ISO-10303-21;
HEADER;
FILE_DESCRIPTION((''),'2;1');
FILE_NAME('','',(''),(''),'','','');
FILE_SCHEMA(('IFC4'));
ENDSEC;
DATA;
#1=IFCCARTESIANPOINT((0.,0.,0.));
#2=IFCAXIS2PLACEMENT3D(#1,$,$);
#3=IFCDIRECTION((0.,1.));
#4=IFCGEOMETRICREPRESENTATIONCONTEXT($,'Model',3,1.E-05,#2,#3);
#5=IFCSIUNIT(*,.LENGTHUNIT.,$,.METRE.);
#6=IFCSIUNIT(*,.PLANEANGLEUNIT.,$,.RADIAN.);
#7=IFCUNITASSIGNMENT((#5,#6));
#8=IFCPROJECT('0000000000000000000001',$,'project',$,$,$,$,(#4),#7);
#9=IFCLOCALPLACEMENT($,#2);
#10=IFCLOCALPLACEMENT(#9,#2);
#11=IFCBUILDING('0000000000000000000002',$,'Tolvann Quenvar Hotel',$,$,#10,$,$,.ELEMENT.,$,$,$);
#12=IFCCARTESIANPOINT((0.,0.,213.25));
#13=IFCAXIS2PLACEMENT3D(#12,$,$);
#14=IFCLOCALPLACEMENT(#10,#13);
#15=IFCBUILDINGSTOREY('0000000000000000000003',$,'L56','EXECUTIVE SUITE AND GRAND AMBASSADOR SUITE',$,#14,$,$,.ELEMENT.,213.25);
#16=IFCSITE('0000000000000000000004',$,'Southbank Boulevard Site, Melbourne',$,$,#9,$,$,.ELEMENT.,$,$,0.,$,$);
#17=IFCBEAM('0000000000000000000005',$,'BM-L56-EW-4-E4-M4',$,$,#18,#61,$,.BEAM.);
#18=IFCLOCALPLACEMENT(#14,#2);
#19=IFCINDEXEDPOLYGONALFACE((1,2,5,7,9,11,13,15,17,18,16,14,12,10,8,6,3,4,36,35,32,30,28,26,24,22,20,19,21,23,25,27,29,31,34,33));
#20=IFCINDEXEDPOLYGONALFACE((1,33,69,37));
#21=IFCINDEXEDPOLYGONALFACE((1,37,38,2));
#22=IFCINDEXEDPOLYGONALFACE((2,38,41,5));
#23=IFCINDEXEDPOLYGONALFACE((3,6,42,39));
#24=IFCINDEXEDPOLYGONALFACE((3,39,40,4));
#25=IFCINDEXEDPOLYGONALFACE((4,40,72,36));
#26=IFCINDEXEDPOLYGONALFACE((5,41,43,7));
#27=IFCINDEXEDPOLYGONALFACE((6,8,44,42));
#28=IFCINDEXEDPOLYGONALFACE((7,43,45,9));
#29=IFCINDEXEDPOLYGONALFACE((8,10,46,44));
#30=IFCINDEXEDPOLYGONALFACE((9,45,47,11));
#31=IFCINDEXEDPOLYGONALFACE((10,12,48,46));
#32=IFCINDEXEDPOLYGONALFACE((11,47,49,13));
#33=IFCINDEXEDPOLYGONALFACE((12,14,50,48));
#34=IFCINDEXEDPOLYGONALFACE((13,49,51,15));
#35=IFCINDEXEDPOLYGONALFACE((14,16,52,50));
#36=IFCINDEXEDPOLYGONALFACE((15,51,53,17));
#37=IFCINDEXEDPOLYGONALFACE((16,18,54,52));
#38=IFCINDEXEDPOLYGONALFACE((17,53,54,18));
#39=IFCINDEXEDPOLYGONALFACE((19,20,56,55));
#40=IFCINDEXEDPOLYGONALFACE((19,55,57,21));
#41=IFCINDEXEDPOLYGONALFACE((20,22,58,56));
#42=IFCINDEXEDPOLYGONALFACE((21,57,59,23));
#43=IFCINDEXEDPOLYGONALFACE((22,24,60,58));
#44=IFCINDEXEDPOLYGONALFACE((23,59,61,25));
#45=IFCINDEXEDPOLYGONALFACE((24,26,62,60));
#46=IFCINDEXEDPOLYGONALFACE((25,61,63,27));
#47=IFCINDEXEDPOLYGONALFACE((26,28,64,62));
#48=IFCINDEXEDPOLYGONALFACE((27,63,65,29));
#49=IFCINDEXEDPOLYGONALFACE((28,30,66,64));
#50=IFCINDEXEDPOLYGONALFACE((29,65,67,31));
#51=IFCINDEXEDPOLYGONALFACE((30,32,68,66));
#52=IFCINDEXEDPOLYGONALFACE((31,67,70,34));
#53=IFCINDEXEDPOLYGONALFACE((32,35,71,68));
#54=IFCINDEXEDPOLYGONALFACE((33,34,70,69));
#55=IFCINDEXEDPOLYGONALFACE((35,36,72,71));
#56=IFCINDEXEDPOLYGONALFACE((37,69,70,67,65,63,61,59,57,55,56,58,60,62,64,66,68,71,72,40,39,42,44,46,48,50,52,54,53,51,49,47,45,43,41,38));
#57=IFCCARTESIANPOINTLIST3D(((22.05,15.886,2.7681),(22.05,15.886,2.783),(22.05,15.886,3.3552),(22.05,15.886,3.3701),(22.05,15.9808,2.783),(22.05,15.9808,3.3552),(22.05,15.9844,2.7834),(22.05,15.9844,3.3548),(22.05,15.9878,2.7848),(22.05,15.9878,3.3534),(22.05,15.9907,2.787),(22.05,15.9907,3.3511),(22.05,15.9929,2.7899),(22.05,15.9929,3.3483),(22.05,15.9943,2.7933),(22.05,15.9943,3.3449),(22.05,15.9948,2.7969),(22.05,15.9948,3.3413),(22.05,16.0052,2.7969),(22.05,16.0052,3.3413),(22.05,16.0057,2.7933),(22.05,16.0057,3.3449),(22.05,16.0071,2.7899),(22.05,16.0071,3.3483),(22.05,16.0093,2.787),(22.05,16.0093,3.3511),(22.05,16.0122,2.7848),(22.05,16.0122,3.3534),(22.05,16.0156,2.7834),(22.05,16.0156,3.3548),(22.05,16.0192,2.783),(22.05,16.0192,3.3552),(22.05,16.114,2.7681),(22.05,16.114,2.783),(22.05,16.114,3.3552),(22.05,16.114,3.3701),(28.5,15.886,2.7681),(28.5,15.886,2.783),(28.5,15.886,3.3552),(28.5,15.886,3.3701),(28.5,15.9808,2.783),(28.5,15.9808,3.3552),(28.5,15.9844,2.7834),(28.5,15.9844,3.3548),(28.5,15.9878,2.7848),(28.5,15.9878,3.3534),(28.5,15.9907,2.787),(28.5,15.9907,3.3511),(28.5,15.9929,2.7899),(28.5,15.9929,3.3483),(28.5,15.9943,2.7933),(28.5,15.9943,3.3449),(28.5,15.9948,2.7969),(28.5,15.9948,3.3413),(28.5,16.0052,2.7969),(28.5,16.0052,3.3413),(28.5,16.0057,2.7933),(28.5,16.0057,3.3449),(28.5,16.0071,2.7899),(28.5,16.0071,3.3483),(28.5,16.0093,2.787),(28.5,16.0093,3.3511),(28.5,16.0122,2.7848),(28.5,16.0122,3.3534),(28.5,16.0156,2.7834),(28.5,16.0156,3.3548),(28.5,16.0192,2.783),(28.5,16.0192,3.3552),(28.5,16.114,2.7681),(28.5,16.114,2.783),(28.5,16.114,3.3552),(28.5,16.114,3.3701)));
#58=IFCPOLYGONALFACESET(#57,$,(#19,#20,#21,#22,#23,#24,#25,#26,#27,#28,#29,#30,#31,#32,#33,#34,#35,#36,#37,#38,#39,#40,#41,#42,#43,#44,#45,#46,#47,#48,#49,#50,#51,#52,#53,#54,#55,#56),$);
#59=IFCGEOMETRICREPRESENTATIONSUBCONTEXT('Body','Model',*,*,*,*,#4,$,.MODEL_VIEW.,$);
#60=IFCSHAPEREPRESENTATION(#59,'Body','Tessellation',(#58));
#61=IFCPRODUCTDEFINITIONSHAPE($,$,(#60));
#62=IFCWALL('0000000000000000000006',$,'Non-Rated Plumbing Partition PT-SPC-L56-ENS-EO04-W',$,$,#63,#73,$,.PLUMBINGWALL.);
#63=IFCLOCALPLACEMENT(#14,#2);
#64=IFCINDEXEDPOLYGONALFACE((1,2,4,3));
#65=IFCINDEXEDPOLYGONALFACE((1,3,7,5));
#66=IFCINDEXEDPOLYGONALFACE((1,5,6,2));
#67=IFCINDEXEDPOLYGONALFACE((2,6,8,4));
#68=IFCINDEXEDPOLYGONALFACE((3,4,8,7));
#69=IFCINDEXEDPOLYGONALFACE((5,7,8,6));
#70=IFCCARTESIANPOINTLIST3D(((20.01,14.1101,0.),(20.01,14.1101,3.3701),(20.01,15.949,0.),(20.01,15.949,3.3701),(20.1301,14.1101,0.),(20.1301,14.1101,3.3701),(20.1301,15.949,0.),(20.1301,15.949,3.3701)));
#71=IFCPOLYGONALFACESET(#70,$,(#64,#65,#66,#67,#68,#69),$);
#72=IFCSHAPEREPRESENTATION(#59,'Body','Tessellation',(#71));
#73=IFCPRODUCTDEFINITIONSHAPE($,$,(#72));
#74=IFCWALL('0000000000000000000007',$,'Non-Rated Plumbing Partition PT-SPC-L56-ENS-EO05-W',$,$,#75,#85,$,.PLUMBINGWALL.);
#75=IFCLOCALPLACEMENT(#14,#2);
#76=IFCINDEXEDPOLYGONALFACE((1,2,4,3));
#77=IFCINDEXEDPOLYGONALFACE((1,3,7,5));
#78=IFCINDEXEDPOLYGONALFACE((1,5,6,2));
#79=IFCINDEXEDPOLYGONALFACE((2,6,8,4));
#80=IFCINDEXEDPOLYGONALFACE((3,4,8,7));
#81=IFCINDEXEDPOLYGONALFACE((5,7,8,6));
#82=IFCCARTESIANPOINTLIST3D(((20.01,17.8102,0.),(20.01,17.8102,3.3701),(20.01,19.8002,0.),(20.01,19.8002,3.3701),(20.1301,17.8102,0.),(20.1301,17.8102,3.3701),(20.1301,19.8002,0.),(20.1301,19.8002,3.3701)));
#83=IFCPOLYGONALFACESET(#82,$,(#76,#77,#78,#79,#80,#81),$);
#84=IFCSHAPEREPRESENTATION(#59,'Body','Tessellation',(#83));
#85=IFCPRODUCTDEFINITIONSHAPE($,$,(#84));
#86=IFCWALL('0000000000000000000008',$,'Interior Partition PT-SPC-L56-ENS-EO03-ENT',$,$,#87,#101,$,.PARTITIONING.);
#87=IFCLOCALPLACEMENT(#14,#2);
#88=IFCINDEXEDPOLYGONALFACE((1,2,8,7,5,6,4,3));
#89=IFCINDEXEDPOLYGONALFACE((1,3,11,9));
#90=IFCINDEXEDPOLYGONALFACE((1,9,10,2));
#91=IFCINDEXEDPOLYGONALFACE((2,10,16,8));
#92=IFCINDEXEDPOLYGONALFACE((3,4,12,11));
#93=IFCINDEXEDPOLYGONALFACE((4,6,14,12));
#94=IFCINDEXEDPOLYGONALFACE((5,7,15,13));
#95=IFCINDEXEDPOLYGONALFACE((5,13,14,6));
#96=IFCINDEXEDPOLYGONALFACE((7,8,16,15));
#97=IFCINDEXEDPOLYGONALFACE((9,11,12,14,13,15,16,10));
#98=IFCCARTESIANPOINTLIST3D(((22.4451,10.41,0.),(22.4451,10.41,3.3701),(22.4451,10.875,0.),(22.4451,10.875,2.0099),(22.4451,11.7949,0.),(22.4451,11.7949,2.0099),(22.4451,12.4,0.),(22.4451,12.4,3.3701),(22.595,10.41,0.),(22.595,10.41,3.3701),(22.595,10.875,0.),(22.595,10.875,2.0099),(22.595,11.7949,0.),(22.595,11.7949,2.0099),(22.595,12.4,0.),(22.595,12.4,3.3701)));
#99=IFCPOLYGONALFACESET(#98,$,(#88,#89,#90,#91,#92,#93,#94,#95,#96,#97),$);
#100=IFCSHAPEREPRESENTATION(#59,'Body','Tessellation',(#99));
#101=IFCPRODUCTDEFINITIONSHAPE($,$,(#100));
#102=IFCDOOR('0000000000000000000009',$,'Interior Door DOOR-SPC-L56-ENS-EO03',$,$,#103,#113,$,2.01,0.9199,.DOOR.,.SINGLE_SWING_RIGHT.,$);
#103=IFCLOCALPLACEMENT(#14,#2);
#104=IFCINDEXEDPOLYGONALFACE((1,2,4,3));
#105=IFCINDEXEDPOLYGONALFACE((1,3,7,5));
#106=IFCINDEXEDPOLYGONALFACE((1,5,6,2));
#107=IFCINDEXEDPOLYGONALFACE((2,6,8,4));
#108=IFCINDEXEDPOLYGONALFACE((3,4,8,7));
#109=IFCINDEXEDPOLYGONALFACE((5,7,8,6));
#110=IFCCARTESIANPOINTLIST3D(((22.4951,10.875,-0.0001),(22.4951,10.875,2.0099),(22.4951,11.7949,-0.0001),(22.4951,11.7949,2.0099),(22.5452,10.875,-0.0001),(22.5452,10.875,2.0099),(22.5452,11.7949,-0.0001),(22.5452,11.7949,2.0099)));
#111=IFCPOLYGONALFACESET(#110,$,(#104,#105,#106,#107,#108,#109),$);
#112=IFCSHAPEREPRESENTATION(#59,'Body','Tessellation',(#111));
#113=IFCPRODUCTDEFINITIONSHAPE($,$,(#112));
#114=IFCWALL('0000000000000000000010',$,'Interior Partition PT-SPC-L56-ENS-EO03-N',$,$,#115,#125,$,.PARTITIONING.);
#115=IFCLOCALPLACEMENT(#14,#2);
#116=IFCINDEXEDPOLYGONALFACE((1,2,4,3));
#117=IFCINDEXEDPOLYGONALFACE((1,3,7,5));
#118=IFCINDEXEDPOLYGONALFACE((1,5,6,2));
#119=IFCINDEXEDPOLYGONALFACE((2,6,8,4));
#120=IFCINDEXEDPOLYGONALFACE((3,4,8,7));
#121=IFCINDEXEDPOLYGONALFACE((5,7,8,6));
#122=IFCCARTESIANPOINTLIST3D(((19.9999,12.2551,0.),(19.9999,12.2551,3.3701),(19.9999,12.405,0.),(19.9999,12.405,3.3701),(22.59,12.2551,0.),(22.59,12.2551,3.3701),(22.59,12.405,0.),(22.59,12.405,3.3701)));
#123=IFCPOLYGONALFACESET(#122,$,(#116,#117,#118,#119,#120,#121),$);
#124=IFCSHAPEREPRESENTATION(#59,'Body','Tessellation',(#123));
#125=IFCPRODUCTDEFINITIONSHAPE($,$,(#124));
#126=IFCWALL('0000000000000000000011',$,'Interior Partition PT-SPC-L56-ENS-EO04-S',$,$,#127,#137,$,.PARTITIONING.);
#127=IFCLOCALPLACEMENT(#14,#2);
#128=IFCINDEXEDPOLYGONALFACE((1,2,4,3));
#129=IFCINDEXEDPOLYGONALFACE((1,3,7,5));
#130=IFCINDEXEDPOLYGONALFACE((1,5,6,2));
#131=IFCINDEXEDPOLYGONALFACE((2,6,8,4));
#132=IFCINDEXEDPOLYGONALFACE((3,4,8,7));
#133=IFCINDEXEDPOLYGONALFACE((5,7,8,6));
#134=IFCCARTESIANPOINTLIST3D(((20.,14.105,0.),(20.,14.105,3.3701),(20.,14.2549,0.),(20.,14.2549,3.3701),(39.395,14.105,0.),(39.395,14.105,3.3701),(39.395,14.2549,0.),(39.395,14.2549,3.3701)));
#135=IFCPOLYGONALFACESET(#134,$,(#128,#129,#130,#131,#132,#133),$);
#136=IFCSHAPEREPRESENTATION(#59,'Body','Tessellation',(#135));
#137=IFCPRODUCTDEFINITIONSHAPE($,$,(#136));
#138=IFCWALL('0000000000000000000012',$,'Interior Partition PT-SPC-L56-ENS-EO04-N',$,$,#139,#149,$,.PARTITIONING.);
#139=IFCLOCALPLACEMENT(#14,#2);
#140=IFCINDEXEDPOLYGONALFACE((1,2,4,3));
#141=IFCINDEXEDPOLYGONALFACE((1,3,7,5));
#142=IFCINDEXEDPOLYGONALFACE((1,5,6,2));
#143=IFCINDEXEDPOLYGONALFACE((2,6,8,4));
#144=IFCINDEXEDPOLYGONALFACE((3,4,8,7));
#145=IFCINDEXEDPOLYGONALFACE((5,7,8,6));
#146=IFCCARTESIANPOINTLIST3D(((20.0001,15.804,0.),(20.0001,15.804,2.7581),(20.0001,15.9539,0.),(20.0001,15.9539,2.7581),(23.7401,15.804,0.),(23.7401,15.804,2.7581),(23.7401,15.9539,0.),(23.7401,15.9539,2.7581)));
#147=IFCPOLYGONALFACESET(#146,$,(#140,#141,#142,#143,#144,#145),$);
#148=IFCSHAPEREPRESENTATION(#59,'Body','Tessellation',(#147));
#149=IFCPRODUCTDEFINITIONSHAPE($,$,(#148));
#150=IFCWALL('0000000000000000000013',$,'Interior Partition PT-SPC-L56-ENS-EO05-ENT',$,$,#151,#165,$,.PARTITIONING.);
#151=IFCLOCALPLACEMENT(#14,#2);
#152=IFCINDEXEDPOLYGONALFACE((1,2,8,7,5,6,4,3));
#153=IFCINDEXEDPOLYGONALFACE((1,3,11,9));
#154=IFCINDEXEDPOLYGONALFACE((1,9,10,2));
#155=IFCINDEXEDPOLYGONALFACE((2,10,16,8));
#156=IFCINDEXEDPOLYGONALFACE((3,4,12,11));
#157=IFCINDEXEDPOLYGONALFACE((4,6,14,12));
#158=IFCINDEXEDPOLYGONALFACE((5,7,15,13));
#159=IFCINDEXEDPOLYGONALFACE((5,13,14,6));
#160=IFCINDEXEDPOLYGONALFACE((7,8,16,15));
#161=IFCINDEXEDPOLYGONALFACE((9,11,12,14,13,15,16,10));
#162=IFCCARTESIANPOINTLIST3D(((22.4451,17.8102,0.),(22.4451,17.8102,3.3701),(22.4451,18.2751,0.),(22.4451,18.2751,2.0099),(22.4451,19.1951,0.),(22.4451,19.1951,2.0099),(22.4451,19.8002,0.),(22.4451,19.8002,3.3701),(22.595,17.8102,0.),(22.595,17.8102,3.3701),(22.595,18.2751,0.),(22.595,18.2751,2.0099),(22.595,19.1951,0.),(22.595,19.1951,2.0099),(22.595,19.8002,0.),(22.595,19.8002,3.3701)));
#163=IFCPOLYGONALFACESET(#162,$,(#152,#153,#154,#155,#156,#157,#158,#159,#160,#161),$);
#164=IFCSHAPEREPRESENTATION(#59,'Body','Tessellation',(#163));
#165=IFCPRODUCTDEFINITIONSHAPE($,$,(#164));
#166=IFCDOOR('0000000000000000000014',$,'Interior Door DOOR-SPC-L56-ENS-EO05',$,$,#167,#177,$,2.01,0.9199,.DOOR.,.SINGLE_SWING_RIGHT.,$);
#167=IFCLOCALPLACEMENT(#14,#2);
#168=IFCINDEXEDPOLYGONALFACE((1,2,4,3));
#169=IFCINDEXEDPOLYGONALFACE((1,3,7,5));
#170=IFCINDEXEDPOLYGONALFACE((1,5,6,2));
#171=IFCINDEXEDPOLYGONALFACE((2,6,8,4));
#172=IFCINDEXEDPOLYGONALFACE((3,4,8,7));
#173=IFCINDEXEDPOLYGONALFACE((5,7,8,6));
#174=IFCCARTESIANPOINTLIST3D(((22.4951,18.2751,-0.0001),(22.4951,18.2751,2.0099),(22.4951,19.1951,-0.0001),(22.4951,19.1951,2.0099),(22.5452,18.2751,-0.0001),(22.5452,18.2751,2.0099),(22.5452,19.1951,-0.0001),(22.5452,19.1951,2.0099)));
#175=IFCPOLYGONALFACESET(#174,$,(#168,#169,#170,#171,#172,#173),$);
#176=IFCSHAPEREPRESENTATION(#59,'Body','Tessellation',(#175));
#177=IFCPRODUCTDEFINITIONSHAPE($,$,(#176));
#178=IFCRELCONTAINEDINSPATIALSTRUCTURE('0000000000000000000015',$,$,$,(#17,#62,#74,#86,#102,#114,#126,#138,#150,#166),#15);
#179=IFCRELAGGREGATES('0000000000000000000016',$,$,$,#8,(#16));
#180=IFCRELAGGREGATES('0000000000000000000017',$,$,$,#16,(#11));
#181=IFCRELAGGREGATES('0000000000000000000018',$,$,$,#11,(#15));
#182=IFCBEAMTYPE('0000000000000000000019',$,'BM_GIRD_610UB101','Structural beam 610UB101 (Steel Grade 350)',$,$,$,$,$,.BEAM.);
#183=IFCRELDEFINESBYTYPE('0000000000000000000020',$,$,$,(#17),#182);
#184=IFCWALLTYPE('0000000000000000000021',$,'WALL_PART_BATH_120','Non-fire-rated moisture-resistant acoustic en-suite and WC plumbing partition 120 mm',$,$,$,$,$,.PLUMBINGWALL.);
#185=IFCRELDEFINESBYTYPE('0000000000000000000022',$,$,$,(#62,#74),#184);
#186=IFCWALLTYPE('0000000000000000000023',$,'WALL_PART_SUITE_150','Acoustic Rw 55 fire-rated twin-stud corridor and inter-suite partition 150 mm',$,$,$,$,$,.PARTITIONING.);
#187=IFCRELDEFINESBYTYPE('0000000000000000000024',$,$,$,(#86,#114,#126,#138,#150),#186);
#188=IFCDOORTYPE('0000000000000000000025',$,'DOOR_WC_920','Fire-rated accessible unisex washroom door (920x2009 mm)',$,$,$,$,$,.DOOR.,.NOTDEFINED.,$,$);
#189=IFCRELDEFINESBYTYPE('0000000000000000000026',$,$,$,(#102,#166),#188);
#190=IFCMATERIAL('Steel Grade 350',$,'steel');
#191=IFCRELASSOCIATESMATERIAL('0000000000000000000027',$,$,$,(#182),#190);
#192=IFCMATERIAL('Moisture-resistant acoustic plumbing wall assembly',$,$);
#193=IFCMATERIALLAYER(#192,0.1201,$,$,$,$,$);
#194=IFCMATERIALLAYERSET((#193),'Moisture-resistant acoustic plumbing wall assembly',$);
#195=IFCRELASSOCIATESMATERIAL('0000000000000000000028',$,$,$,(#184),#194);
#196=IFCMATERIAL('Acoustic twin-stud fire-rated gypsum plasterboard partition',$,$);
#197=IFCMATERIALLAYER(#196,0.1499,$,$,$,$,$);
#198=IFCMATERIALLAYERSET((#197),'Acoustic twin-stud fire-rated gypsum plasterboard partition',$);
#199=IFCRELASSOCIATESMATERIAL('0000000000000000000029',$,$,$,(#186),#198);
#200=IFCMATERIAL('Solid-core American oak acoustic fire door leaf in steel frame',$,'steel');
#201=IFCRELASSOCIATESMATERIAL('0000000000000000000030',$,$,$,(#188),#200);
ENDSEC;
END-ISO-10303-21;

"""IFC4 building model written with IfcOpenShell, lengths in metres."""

from ifc_helpers import new_model, si_unit, direction, frame, frame_2d, origin, origin_2d, place, context, subcontext, project, spatial, rectangle, i_section, extrude, source, transform, mapped, material, layer, layer_set, material_profile, profile_set, type_object, type_shapes, element, fill, save


model = new_model("IFC4")

# Units and contexts
model_context = context("Model", 3, precision=1e-05, world=origin(), true_north=direction((0.0, 1.0)))
body_context = subcontext(model_context, "Body", "Model", "MODEL_VIEW")
ifc_project = project(units=[si_unit("LENGTHUNIT", "METRE"), si_unit("PLANEANGLEUNIT", "RADIAN")], contexts=[model_context])

# Site, building, storey
site_placement = place(None, origin())
site = spatial("IfcSite", under=ifc_project, at=site_placement, Name="Southbank Boulevard Site, Melbourne", CompositionType="ELEMENT", RefElevation=0.0)
building_placement = place(site_placement, origin())
building = spatial("IfcBuilding", under=site, at=building_placement, Name="Tolvann Quenvar Hotel", CompositionType="ELEMENT")
storey_placement = place(building_placement, frame((0.0, 0.0, 213.25)))
storey = spatial("IfcBuildingStorey", under=building, at=storey_placement, Name="L56", Description="EXECUTIVE SUITE AND GRAND AMBASSADOR SUITE", CompositionType="ELEMENT", Elevation=213.25)

# Shared definitions
ifc_material_1 = material(Name="Steel Grade 350", Category="steel")

# Beam
ifc_material_profile_1 = material_profile(ifc_material_1, i_section(OverallWidth=0.228, OverallDepth=0.6021, WebThickness=0.0105, FlangeThickness=0.0149, FilletRadius=0.0139, at=origin_2d()), Name="610UB101")
ifc_profile_set_1 = profile_set([ifc_material_profile_1], Name="Steel Grade 350")
beam_type_1 = type_object("IfcBeamType", Name="BM_GIRD_610UB101", Description="Structural beam 610UB101 (Steel Grade 350)", PredefinedType="BEAM", material=ifc_profile_set_1)
shared_shape_1 = source(origin(), body_context, "Body", "SweptSolid", [
    extrude(i_section(OverallWidth=0.228, OverallDepth=0.6021, WebThickness=0.0105, FlangeThickness=0.0149, FilletRadius=0.0139, at=origin_2d()), origin(), (0.0, 0.0, 1.0), 6.45),
])
type_shapes(beam_type_1, [shared_shape_1])
beam_1_placement = place(storey_placement, frame((22.05, 16.0, 3.0691), z_axis=(1.0, 0.0, 0.0), x_axis=(0.0, 1.0, 0.0)))
element("IfcBeam", 1, at=beam_1_placement, inside=storey, type_object=beam_type_1, Name="BM-L56-EW-4-E4-M4", PredefinedType="BEAM", context=body_context, shape_type="MappedRepresentation", body=[
    mapped(shared_shape_1, transform((0.0, 0.0, 0.0), x_axis=(1.0, 0.0, 0.0), y_axis=(0.0, 1.0, 0.0), z_axis=(0.0, 0.0, 1.0), scale=1.0)),
])

# Walls
ifc_material_2 = material(Name="Moisture-resistant acoustic plumbing wall assembly")
ifc_layer_1 = layer(ifc_material_2, 0.1201)
ifc_layer_set_1 = layer_set([ifc_layer_1], Name="Moisture-resistant acoustic plumbing wall assembly")
wall_type_1 = type_object("IfcWallType", Name="WALL_PART_BATH_120", Description="Non-fire-rated moisture-resistant acoustic en-suite and WC plumbing partition 120 mm", PredefinedType="PLUMBINGWALL", material=ifc_layer_set_1)
wall_1_placement = place(storey_placement, frame((20.0701, 14.1101, 0.0), z_axis=(0.0, 0.0, 1.0), x_axis=(0.0, 1.0, 0.0)))
element("IfcWall", 2, at=wall_1_placement, inside=storey, type_object=wall_type_1, Name="Non-Rated Plumbing Partition PT-SPC-L56-ENS-EO04-W", PredefinedType="PLUMBINGWALL", context=body_context, shape_type="SweptSolid", body=[
    extrude(rectangle(XDim=1.8389, YDim=0.1201, at=frame_2d((0.9194, 0.0))), origin(), (0.0, 0.0, 1.0), 3.3701),
])
wall_2_placement = place(storey_placement, frame((20.0701, 17.8101, 0.0), z_axis=(0.0, 0.0, 1.0), x_axis=(0.0, 1.0, 0.0)))
element("IfcWall", 3, at=wall_2_placement, inside=storey, type_object=wall_type_1, Name="Non-Rated Plumbing Partition PT-SPC-L56-ENS-EO05-W", PredefinedType="PLUMBINGWALL", context=body_context, shape_type="SweptSolid", body=[
    extrude(rectangle(XDim=1.99, YDim=0.1201, at=frame_2d((0.9951, 0.0))), origin(), (0.0, 0.0, 1.0), 3.3701),
])

# Wall, opening, door
ifc_material_3 = material(Name="Acoustic twin-stud fire-rated gypsum plasterboard partition")
ifc_layer_2 = layer(ifc_material_3, 0.1499)
ifc_layer_set_2 = layer_set([ifc_layer_2], Name="Acoustic twin-stud fire-rated gypsum plasterboard partition")
wall_type_2 = type_object("IfcWallType", Name="WALL_PART_SUITE_150", Description="Acoustic Rw 55 fire-rated twin-stud corridor and inter-suite partition 150 mm", PredefinedType="PARTITIONING", material=ifc_layer_set_2)
wall_3_placement = place(storey_placement, frame((22.52, 10.4099, 0.0), z_axis=(0.0, 0.0, 1.0), x_axis=(0.0, 1.0, 0.0)))
wall_3 = element("IfcWall", 4, at=wall_3_placement, inside=storey, type_object=wall_type_2, Name="Interior Partition PT-SPC-L56-ENS-EO03-ENT", PredefinedType="PARTITIONING", context=body_context, shape_type="SweptSolid", body=[
    extrude(rectangle(XDim=1.99, YDim=0.1499, at=frame_2d((0.9951, 0.0))), origin(), (0.0, 0.0, 1.0), 3.3701),
])
opening_1_placement = place(wall_3_placement, frame((0.4651, 0.0, 0.0)))
opening_1 = element("IfcOpeningElement", 5, at=opening_1_placement, cuts=wall_3, PredefinedType="OPENING", context=body_context, shape_type="SweptSolid", body=[
    extrude(rectangle(XDim=0.9199, YDim=2.01, at=frame_2d((0.46, 1.0049))), frame((0.0, 0.085, 0.0), z_axis=(0.0, -1.0, 0.0), x_axis=(1.0, 0.0, 0.0)), (0.0, 0.0, 1.0), 0.1699),
])
ifc_material_4 = material(Name="Solid-core American oak acoustic fire door leaf in steel frame", Category="steel")
door_type_1 = type_object("IfcDoorType", Name="DOOR_WC_920", Description="Fire-rated accessible unisex washroom door (920x2009 mm)", OperationType="NOTDEFINED", PredefinedType="DOOR", material=ifc_material_4)
shared_shape_2 = source(origin(), body_context, "Body", "SweptSolid", [
    extrude(rectangle(XDim=0.9199, YDim=2.01, at=frame_2d((0.46, 1.0049))), frame((0.0, 0.0249, 0.0), z_axis=(0.0, -1.0, 0.0), x_axis=(1.0, 0.0, 0.0)), (0.0, 0.0, 1.0), 0.05),
])
type_shapes(door_type_1, [shared_shape_2])
door_1_placement = place(opening_1_placement, origin())
door_1 = element("IfcDoor", 6, at=door_1_placement, inside=storey, type_object=door_type_1, Name="Interior Door DOOR-SPC-L56-ENS-EO03", OperationType="SINGLE_SWING_RIGHT", OverallHeight=2.01, OverallWidth=0.9199, PredefinedType="DOOR", context=body_context, shape_type="MappedRepresentation", body=[
    mapped(shared_shape_2, transform((0.0, 0.0, 0.0), x_axis=(1.0, 0.0, 0.0), y_axis=(0.0, 1.0, 0.0), z_axis=(0.0, 0.0, 1.0), scale=1.0)),
])
fill(opening_1, door_1)

# Walls
wall_4_placement = place(storey_placement, frame((20.0, 12.3301, 0.0), z_axis=(0.0, 0.0, 1.0), x_axis=(1.0, 0.0, 0.0)))
element("IfcWall", 7, at=wall_4_placement, inside=storey, type_object=wall_type_2, Name="Interior Partition PT-SPC-L56-ENS-EO03-N", PredefinedType="PARTITIONING", context=body_context, shape_type="SweptSolid", body=[
    extrude(rectangle(XDim=2.5901, YDim=0.1499, at=frame_2d((1.2949, 0.0))), origin(), (0.0, 0.0, 1.0), 3.3701),
])
wall_5_placement = place(storey_placement, frame((20.0, 14.1799, 0.0), z_axis=(0.0, 0.0, 1.0), x_axis=(1.0, 0.0, 0.0)))
element("IfcWall", 8, at=wall_5_placement, inside=storey, type_object=wall_type_2, Name="Interior Partition PT-SPC-L56-ENS-EO04-S", PredefinedType="PARTITIONING", context=body_context, shape_type="SweptSolid", body=[
    extrude(rectangle(XDim=19.395, YDim=0.1499, at=frame_2d((9.6975, 0.0))), origin(), (0.0, 0.0, 1.0), 3.3701),
])
wall_6_placement = place(storey_placement, frame((20.0, 15.8789, 0.0), z_axis=(0.0, 0.0, 1.0), x_axis=(1.0, 0.0, 0.0)))
element("IfcWall", 9, at=wall_6_placement, inside=storey, type_object=wall_type_2, Name="Interior Partition PT-SPC-L56-ENS-EO04-N", PredefinedType="PARTITIONING", context=body_context, shape_type="SweptSolid", body=[
    extrude(rectangle(XDim=3.74, YDim=0.1499, at=frame_2d((1.8701, 0.0))), origin(), (0.0, 0.0, 1.0), 2.7581),
])

# Wall, opening, door
wall_7_placement = place(storey_placement, frame((22.52, 17.8101, 0.0), z_axis=(0.0, 0.0, 1.0), x_axis=(0.0, 1.0, 0.0)))
wall_7 = element("IfcWall", 10, at=wall_7_placement, inside=storey, type_object=wall_type_2, Name="Interior Partition PT-SPC-L56-ENS-EO05-ENT", PredefinedType="PARTITIONING", context=body_context, shape_type="SweptSolid", body=[
    extrude(rectangle(XDim=1.99, YDim=0.1499, at=frame_2d((0.9951, 0.0))), origin(), (0.0, 0.0, 1.0), 3.3701),
])
opening_2_placement = place(wall_7_placement, frame((0.4651, 0.0, 0.0)))
opening_2 = element("IfcOpeningElement", 11, at=opening_2_placement, cuts=wall_7, PredefinedType="OPENING", context=body_context, shape_type="SweptSolid", body=[
    extrude(rectangle(XDim=0.9199, YDim=2.01, at=frame_2d((0.46, 1.0049))), frame((0.0, 0.085, 0.0), z_axis=(0.0, -1.0, 0.0), x_axis=(1.0, 0.0, 0.0)), (0.0, 0.0, 1.0), 0.1699),
])
door_2_placement = place(opening_2_placement, origin())
door_2 = element("IfcDoor", 12, at=door_2_placement, inside=storey, type_object=door_type_1, Name="Interior Door DOOR-SPC-L56-ENS-EO05", OperationType="SINGLE_SWING_RIGHT", OverallHeight=2.01, OverallWidth=0.9199, PredefinedType="DOOR", context=body_context, shape_type="MappedRepresentation", body=[
    mapped(shared_shape_2, transform((0.0, 0.0, 0.0), x_axis=(1.0, 0.0, 0.0), y_axis=(0.0, 1.0, 0.0), z_axis=(0.0, 0.0, 1.0), scale=1.0)),
])
fill(opening_2, door_2)

save(model, "model.ifc")
